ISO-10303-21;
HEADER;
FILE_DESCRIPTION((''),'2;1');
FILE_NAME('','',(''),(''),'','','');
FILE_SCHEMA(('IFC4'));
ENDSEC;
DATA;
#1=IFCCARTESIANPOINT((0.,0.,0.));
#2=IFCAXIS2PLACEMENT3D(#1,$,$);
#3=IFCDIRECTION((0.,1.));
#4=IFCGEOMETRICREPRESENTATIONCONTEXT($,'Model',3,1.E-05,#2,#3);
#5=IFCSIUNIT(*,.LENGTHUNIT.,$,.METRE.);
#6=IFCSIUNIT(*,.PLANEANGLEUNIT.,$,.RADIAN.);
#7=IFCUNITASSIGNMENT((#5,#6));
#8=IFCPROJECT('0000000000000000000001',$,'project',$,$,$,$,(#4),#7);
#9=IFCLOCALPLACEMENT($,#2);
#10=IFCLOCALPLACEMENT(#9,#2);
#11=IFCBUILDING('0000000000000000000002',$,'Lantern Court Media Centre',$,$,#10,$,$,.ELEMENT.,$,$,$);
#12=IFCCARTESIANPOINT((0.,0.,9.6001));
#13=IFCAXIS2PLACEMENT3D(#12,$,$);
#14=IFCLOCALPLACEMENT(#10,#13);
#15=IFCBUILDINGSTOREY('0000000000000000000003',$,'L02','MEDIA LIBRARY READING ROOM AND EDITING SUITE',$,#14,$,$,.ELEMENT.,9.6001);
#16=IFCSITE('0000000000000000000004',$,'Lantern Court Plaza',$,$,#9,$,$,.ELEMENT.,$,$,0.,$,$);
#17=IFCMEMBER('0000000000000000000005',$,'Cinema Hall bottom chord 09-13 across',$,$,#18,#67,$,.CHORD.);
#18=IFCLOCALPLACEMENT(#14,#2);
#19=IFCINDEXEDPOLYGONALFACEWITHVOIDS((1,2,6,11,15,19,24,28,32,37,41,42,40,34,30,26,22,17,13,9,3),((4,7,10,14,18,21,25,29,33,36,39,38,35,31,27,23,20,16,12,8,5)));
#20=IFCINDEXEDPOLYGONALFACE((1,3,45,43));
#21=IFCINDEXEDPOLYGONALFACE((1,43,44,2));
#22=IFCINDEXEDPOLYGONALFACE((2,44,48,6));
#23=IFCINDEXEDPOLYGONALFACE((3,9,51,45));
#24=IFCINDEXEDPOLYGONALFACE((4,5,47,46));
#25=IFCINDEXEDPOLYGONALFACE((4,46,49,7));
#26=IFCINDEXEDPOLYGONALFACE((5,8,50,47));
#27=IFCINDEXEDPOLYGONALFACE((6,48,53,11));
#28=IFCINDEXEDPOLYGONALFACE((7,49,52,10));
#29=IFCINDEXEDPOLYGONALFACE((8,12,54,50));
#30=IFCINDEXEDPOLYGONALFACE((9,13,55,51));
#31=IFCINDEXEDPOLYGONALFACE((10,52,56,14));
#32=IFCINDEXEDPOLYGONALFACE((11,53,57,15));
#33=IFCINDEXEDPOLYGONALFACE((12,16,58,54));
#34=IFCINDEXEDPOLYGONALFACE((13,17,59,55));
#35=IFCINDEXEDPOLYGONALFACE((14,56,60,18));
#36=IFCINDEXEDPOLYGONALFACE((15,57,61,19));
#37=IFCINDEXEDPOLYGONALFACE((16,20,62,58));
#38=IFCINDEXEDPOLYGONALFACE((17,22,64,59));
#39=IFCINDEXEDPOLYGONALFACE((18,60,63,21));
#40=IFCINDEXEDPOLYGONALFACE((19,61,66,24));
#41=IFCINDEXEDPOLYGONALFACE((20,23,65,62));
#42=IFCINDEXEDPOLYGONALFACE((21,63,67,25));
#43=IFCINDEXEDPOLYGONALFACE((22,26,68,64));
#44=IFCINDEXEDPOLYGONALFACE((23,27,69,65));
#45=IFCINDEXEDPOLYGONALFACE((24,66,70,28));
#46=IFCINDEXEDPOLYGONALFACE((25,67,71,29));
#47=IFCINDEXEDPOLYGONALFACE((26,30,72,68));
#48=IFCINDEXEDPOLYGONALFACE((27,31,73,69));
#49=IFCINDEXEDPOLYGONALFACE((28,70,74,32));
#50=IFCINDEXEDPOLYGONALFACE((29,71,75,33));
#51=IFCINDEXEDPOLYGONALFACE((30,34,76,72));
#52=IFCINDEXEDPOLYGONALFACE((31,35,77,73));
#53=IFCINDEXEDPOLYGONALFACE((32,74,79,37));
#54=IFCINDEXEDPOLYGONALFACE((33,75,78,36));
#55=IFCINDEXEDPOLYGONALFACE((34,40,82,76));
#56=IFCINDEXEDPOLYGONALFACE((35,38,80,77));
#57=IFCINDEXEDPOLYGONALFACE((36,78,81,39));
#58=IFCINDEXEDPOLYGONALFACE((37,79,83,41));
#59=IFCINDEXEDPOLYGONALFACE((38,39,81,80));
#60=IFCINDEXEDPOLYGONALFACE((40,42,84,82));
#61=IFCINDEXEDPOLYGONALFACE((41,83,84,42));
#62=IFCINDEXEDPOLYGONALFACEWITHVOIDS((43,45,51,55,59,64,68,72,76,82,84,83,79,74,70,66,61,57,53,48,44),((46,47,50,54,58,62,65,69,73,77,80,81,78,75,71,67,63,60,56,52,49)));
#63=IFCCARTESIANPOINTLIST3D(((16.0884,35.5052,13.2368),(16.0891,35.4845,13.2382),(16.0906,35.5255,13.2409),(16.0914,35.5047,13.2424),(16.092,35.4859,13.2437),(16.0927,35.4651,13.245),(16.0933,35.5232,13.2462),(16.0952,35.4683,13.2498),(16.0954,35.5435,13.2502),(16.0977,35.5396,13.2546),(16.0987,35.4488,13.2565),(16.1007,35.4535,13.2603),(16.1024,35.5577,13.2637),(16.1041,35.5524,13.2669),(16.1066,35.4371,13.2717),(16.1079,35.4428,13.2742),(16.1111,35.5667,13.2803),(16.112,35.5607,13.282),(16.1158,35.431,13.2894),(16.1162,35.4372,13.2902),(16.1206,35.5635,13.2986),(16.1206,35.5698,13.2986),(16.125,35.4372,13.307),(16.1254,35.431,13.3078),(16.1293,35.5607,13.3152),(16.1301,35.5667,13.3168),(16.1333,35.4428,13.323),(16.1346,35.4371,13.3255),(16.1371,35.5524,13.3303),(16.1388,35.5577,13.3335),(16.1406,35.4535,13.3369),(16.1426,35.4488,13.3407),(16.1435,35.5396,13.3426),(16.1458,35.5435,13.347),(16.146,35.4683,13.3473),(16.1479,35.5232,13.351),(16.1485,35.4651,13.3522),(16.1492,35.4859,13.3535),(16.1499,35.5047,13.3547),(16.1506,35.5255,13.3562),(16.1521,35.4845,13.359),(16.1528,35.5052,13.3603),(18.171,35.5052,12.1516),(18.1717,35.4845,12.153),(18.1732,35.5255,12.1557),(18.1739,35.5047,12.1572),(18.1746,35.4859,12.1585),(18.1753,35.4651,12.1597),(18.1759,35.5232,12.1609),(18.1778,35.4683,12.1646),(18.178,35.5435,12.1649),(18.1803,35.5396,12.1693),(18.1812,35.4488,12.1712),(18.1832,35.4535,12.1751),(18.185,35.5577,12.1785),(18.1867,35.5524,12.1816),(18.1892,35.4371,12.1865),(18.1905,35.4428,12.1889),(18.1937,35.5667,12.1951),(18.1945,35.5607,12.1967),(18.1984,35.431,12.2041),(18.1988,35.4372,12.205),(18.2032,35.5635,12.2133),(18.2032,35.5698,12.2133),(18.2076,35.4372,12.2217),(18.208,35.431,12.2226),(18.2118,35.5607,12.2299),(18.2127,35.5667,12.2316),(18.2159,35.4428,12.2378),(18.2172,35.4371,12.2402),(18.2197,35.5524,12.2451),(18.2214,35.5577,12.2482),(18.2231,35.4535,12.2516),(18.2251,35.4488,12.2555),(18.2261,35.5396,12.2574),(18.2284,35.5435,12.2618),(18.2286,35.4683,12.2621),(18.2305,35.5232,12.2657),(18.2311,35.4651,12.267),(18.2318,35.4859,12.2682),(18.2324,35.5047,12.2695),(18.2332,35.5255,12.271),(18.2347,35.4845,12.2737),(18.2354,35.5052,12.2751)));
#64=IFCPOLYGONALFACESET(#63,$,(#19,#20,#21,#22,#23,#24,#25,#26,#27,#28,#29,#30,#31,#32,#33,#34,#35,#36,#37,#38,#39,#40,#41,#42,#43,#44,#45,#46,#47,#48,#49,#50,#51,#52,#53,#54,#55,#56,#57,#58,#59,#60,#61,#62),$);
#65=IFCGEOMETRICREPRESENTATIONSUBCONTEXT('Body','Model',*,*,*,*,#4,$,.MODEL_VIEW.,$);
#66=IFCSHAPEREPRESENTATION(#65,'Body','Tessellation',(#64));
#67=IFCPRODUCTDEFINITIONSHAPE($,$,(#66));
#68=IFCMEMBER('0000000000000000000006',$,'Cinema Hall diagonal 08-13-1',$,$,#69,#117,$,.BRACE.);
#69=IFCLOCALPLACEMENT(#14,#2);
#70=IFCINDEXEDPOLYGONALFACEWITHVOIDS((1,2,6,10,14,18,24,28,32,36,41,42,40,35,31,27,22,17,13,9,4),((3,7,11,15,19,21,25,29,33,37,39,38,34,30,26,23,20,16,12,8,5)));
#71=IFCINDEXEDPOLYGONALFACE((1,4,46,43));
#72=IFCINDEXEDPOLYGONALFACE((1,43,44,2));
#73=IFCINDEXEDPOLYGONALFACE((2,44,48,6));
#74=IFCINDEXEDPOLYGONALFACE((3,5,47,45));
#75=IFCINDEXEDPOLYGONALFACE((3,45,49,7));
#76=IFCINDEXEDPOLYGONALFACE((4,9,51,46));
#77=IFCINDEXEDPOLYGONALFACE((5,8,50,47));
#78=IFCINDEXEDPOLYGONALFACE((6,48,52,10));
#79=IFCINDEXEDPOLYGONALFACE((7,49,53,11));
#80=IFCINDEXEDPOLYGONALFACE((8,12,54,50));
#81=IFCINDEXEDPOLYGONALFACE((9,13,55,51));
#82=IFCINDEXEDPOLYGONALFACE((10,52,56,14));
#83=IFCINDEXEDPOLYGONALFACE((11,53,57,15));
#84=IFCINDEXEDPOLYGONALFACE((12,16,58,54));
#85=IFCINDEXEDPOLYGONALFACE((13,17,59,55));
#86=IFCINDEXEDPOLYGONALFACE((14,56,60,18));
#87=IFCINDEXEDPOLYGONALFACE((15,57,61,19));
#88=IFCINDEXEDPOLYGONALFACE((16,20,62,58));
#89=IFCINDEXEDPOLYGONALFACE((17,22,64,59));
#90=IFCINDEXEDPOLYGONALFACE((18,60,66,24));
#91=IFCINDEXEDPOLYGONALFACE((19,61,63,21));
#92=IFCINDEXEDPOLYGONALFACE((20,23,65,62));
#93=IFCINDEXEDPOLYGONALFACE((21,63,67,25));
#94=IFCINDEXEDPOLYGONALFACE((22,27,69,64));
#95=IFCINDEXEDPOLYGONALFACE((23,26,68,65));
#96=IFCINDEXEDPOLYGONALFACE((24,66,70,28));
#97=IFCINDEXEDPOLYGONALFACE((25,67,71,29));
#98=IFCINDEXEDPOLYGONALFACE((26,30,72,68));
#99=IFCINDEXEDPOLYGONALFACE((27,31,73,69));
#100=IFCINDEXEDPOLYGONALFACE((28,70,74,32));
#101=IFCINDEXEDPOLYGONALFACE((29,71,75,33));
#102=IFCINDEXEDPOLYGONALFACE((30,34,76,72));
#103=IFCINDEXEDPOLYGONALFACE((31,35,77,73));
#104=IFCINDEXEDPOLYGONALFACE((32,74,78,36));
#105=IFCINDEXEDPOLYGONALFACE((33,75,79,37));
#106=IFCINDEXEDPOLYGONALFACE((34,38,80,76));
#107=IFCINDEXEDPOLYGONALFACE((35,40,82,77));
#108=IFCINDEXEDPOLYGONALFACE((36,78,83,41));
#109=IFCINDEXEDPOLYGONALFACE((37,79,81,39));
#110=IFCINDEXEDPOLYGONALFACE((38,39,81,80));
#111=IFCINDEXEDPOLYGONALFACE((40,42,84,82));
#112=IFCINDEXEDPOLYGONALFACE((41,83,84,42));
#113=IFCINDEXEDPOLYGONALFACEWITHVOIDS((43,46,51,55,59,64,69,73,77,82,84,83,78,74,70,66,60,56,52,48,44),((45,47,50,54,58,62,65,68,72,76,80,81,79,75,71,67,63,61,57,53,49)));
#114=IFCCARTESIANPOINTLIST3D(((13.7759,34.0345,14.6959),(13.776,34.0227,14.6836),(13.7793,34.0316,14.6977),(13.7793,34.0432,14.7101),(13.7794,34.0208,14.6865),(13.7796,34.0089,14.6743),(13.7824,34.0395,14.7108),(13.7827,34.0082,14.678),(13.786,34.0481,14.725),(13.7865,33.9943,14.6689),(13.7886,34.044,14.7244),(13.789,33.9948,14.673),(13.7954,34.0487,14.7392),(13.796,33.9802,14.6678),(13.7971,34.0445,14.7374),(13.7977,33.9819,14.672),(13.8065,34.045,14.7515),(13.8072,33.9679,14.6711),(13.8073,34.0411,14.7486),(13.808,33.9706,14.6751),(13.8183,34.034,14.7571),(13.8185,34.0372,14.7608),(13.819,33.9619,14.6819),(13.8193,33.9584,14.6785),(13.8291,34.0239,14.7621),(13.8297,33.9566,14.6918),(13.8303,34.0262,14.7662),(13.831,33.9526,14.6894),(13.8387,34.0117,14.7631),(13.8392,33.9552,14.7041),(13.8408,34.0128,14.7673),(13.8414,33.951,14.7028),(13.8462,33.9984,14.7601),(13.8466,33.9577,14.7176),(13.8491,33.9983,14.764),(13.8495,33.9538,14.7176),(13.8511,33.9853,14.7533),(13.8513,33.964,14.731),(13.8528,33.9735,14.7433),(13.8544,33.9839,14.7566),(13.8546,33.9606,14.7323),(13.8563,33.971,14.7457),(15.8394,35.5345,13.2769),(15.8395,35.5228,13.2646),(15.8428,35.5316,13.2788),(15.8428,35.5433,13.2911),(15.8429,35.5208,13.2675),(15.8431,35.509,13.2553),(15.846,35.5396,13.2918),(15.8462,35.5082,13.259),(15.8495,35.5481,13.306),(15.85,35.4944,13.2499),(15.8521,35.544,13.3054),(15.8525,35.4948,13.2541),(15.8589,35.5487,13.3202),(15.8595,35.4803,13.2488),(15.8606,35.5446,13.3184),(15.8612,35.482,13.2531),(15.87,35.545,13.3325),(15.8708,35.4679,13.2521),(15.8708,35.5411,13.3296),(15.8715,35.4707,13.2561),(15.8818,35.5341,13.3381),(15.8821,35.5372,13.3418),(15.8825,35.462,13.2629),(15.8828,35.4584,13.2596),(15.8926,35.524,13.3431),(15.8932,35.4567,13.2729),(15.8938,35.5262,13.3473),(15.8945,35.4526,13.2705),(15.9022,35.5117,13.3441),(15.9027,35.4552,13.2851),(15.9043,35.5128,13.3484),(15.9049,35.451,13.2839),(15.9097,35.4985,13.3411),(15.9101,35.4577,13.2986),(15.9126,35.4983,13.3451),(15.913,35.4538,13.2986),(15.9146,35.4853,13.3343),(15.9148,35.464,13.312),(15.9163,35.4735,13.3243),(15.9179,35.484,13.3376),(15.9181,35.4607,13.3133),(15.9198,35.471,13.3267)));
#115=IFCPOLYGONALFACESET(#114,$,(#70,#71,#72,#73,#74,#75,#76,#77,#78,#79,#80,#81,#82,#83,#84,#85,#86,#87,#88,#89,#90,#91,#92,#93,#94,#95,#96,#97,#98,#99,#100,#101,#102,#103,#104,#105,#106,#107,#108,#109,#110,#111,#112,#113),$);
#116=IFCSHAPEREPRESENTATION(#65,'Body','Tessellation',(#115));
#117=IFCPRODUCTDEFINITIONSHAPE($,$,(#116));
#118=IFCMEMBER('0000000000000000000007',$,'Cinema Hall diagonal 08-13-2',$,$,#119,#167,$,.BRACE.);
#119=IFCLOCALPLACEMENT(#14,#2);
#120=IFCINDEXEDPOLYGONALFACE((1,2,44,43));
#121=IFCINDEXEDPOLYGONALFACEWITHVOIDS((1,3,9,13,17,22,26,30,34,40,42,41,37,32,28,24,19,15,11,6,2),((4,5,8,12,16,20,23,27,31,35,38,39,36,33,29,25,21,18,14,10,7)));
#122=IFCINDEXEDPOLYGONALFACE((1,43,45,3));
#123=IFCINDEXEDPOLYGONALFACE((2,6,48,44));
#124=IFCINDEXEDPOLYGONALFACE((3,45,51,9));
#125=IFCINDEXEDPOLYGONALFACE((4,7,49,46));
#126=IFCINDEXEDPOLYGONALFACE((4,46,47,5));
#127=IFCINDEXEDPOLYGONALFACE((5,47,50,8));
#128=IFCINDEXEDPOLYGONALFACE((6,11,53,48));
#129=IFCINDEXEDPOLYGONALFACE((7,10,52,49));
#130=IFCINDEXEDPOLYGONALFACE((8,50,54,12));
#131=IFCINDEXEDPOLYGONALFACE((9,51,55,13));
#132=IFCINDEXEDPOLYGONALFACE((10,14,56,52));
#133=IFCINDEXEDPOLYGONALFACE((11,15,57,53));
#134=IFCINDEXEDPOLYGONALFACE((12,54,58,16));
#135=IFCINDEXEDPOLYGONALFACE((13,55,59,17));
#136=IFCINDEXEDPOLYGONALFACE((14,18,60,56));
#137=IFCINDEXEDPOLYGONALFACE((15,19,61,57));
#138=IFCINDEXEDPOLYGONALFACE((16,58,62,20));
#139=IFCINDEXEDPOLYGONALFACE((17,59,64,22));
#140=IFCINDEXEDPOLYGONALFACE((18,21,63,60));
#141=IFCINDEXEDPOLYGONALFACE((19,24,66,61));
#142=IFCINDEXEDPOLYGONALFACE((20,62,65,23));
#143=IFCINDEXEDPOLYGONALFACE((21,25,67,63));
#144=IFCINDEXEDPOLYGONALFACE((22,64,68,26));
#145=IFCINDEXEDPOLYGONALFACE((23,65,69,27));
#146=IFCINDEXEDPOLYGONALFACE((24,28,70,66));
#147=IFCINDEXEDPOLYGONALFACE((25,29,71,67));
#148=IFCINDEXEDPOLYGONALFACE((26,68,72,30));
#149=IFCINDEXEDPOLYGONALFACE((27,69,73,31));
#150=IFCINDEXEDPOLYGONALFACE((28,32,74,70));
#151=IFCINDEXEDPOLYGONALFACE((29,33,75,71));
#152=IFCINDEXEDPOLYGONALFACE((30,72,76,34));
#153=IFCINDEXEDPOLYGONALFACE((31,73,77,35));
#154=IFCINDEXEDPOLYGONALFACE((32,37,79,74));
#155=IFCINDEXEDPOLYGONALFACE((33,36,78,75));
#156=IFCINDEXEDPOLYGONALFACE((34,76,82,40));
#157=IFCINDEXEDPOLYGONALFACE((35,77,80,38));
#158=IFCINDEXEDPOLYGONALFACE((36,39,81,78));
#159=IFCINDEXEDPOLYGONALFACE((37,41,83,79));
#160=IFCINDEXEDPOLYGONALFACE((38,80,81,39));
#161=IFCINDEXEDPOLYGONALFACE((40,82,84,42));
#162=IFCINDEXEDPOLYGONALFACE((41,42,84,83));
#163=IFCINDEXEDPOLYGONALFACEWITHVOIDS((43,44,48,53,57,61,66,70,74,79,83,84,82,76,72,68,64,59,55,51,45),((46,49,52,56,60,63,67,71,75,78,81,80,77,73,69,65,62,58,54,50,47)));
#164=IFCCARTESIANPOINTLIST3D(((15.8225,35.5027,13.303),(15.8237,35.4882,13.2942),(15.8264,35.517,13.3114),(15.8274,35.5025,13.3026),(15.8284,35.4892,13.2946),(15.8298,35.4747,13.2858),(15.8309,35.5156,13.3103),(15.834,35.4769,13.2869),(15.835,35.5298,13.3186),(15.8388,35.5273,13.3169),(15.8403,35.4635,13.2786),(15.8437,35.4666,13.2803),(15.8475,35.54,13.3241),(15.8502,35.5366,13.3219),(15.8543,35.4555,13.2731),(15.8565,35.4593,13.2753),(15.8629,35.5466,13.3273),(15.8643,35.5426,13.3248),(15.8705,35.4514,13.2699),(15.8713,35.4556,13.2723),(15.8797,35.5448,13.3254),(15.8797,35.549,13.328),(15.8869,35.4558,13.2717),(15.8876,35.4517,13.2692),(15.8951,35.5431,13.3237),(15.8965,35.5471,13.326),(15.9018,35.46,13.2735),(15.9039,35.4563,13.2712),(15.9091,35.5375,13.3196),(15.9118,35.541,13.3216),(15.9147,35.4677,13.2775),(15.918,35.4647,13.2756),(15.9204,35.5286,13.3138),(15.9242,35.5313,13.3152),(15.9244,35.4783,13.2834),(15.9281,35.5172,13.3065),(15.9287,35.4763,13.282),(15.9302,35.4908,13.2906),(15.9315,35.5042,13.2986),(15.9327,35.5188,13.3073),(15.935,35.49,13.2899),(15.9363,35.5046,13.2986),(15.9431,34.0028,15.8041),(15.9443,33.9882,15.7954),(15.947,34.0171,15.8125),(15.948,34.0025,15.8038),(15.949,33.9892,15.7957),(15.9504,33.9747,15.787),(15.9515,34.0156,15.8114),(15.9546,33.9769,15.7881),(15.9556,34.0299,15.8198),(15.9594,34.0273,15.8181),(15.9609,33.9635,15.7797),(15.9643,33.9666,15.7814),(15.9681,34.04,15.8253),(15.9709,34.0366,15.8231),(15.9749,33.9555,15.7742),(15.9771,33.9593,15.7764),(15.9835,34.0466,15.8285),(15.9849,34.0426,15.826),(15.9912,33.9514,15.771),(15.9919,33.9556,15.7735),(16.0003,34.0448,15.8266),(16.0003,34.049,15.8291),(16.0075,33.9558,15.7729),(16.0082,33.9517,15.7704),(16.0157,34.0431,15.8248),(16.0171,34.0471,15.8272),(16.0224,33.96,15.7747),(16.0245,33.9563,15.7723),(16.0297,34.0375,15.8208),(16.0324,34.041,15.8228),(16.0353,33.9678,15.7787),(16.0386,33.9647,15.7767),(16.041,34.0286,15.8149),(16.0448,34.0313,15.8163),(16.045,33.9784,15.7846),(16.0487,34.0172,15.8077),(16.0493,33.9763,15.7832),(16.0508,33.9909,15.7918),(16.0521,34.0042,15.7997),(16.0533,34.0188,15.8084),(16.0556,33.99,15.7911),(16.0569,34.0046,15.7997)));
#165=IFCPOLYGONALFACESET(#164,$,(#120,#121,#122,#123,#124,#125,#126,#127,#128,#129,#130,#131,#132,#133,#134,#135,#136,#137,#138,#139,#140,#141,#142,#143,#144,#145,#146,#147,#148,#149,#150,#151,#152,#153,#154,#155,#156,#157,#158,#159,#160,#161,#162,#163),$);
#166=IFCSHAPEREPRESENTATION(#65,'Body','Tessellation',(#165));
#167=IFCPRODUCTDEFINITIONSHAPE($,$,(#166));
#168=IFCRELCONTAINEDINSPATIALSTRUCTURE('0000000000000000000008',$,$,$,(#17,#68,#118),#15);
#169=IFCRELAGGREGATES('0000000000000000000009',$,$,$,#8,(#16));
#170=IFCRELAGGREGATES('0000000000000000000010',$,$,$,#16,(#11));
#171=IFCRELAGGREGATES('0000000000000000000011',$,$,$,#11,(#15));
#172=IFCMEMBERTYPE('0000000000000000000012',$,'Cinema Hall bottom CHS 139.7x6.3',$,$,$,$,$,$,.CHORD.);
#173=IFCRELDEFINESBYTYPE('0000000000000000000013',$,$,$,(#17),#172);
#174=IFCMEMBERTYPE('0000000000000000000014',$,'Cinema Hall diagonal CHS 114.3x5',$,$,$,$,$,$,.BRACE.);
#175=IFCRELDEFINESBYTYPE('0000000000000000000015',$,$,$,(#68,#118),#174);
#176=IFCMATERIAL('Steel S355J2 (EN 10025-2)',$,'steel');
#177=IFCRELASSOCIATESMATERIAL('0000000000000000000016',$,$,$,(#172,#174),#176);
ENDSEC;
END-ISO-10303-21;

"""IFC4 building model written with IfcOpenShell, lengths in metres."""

from ifc_helpers import new_model, si_unit, direction, frame, origin, origin_2d, place, context, subcontext, project, spatial, hollow_circle, extrude, material, material_profile, profile_set, type_object, element, save


model = new_model("IFC4")

# Units and contexts
model_context = context("Model", 3, precision=1e-05, world=origin(), true_north=direction((0.0, 1.0)))
body_context = subcontext(model_context, "Body", "Model", "MODEL_VIEW")
ifc_project = project(units=[si_unit("LENGTHUNIT", "METRE"), si_unit("PLANEANGLEUNIT", "RADIAN")], contexts=[model_context])

# Site, building, storey
site_placement = place(None, origin())
site = spatial("IfcSite", under=ifc_project, at=site_placement, Name="Lantern Court Plaza", CompositionType="ELEMENT", RefElevation=0.0)
building_placement = place(site_placement, origin())
building = spatial("IfcBuilding", under=site, at=building_placement, Name="Lantern Court Media Centre", CompositionType="ELEMENT")
storey_placement = place(building_placement, frame((0.0, 0.0, 9.6001)))
storey = spatial("IfcBuildingStorey", under=building, at=storey_placement, Name="L02", Description="MEDIA LIBRARY READING ROOM AND EDITING SUITE", CompositionType="ELEMENT", Elevation=9.6001)

# Members
ifc_material = material(Name="Steel S355J2 (EN 10025-2)", Category="steel")
ifc_material_profile_1 = material_profile(ifc_material, hollow_circle(Radius=0.0698, WallThickness=0.0063, at=origin_2d()), Name="Cinema Hall bottom CHS 139.7x6.3")
ifc_profile_set_1 = profile_set([ifc_material_profile_1], Name="Steel S355J2 (EN 10025-2)")
member_type_1 = type_object("IfcMemberType", Name="Cinema Hall bottom CHS 139.7x6.3", PredefinedType="CHORD", material=ifc_profile_set_1)
member_1_placement = place(storey_placement, frame((16.1206, 35.5, 13.2986), z_axis=(0.886816, 0.0, -0.462122), x_axis=(0.0, 1.0, 0.0)))
element("IfcMember", 1, at=member_1_placement, inside=storey, type_object=member_type_1, Name="Cinema Hall bottom chord 09-13 across", PredefinedType="CHORD", context=body_context, shape_type="SweptSolid", body=[
    extrude(hollow_circle(Radius=0.0698, WallThickness=0.0063, at=origin_2d()), origin(), (0.0, 0.0, 1.0), 2.3484),
])
ifc_material_profile_2 = material_profile(ifc_material, hollow_circle(Radius=0.0571, WallThickness=0.0049, at=origin_2d()), Name="Cinema Hall diagonal CHS 114.3x5")
ifc_profile_set_2 = profile_set([ifc_material_profile_2], Name="Steel S355J2 (EN 10025-2)")
member_type_2 = type_object("IfcMemberType", Name="Cinema Hall diagonal CHS 114.3x5", PredefinedType="BRACE", material=ifc_profile_set_2)
member_2_placement = place(storey_placement, frame((15.8794, 35.5, 13.2986), z_axis=(-0.70688, -0.513851, 0.486084), x_axis=(0.58799, -0.808868, 0.0)))
element("IfcMember", 2, at=member_2_placement, inside=storey, type_object=member_type_2, Name="Cinema Hall diagonal 08-13-1", PredefinedType="BRACE", context=body_context, shape_type="SweptSolid", body=[
    extrude(hollow_circle(Radius=0.0571, WallThickness=0.0049, at=origin_2d()), origin(), (0.0, 0.0, 1.0), 2.9192),
])
for number, where, z_axis, x_axis, name in (
    (3, (15.8794, 35.5, 13.2986), (0.041317, -0.513872, 0.856871), (0.996783, 0.080145, 0.0), "Cinema Hall diagonal 08-13-2"),
):
    element("IfcMember", number, at=place(storey_placement, frame(where, z_axis=z_axis, x_axis=x_axis)), inside=storey, type_object=member_type_2, Name=name, PredefinedType="BRACE", context=body_context, shape_type="SweptSolid", body=[
        extrude(hollow_circle(Radius=0.0571, WallThickness=0.0049, at=origin_2d()), origin(), (0.0, 0.0, 1.0), 2.9189),
    ])

save(model, "model.ifc")
